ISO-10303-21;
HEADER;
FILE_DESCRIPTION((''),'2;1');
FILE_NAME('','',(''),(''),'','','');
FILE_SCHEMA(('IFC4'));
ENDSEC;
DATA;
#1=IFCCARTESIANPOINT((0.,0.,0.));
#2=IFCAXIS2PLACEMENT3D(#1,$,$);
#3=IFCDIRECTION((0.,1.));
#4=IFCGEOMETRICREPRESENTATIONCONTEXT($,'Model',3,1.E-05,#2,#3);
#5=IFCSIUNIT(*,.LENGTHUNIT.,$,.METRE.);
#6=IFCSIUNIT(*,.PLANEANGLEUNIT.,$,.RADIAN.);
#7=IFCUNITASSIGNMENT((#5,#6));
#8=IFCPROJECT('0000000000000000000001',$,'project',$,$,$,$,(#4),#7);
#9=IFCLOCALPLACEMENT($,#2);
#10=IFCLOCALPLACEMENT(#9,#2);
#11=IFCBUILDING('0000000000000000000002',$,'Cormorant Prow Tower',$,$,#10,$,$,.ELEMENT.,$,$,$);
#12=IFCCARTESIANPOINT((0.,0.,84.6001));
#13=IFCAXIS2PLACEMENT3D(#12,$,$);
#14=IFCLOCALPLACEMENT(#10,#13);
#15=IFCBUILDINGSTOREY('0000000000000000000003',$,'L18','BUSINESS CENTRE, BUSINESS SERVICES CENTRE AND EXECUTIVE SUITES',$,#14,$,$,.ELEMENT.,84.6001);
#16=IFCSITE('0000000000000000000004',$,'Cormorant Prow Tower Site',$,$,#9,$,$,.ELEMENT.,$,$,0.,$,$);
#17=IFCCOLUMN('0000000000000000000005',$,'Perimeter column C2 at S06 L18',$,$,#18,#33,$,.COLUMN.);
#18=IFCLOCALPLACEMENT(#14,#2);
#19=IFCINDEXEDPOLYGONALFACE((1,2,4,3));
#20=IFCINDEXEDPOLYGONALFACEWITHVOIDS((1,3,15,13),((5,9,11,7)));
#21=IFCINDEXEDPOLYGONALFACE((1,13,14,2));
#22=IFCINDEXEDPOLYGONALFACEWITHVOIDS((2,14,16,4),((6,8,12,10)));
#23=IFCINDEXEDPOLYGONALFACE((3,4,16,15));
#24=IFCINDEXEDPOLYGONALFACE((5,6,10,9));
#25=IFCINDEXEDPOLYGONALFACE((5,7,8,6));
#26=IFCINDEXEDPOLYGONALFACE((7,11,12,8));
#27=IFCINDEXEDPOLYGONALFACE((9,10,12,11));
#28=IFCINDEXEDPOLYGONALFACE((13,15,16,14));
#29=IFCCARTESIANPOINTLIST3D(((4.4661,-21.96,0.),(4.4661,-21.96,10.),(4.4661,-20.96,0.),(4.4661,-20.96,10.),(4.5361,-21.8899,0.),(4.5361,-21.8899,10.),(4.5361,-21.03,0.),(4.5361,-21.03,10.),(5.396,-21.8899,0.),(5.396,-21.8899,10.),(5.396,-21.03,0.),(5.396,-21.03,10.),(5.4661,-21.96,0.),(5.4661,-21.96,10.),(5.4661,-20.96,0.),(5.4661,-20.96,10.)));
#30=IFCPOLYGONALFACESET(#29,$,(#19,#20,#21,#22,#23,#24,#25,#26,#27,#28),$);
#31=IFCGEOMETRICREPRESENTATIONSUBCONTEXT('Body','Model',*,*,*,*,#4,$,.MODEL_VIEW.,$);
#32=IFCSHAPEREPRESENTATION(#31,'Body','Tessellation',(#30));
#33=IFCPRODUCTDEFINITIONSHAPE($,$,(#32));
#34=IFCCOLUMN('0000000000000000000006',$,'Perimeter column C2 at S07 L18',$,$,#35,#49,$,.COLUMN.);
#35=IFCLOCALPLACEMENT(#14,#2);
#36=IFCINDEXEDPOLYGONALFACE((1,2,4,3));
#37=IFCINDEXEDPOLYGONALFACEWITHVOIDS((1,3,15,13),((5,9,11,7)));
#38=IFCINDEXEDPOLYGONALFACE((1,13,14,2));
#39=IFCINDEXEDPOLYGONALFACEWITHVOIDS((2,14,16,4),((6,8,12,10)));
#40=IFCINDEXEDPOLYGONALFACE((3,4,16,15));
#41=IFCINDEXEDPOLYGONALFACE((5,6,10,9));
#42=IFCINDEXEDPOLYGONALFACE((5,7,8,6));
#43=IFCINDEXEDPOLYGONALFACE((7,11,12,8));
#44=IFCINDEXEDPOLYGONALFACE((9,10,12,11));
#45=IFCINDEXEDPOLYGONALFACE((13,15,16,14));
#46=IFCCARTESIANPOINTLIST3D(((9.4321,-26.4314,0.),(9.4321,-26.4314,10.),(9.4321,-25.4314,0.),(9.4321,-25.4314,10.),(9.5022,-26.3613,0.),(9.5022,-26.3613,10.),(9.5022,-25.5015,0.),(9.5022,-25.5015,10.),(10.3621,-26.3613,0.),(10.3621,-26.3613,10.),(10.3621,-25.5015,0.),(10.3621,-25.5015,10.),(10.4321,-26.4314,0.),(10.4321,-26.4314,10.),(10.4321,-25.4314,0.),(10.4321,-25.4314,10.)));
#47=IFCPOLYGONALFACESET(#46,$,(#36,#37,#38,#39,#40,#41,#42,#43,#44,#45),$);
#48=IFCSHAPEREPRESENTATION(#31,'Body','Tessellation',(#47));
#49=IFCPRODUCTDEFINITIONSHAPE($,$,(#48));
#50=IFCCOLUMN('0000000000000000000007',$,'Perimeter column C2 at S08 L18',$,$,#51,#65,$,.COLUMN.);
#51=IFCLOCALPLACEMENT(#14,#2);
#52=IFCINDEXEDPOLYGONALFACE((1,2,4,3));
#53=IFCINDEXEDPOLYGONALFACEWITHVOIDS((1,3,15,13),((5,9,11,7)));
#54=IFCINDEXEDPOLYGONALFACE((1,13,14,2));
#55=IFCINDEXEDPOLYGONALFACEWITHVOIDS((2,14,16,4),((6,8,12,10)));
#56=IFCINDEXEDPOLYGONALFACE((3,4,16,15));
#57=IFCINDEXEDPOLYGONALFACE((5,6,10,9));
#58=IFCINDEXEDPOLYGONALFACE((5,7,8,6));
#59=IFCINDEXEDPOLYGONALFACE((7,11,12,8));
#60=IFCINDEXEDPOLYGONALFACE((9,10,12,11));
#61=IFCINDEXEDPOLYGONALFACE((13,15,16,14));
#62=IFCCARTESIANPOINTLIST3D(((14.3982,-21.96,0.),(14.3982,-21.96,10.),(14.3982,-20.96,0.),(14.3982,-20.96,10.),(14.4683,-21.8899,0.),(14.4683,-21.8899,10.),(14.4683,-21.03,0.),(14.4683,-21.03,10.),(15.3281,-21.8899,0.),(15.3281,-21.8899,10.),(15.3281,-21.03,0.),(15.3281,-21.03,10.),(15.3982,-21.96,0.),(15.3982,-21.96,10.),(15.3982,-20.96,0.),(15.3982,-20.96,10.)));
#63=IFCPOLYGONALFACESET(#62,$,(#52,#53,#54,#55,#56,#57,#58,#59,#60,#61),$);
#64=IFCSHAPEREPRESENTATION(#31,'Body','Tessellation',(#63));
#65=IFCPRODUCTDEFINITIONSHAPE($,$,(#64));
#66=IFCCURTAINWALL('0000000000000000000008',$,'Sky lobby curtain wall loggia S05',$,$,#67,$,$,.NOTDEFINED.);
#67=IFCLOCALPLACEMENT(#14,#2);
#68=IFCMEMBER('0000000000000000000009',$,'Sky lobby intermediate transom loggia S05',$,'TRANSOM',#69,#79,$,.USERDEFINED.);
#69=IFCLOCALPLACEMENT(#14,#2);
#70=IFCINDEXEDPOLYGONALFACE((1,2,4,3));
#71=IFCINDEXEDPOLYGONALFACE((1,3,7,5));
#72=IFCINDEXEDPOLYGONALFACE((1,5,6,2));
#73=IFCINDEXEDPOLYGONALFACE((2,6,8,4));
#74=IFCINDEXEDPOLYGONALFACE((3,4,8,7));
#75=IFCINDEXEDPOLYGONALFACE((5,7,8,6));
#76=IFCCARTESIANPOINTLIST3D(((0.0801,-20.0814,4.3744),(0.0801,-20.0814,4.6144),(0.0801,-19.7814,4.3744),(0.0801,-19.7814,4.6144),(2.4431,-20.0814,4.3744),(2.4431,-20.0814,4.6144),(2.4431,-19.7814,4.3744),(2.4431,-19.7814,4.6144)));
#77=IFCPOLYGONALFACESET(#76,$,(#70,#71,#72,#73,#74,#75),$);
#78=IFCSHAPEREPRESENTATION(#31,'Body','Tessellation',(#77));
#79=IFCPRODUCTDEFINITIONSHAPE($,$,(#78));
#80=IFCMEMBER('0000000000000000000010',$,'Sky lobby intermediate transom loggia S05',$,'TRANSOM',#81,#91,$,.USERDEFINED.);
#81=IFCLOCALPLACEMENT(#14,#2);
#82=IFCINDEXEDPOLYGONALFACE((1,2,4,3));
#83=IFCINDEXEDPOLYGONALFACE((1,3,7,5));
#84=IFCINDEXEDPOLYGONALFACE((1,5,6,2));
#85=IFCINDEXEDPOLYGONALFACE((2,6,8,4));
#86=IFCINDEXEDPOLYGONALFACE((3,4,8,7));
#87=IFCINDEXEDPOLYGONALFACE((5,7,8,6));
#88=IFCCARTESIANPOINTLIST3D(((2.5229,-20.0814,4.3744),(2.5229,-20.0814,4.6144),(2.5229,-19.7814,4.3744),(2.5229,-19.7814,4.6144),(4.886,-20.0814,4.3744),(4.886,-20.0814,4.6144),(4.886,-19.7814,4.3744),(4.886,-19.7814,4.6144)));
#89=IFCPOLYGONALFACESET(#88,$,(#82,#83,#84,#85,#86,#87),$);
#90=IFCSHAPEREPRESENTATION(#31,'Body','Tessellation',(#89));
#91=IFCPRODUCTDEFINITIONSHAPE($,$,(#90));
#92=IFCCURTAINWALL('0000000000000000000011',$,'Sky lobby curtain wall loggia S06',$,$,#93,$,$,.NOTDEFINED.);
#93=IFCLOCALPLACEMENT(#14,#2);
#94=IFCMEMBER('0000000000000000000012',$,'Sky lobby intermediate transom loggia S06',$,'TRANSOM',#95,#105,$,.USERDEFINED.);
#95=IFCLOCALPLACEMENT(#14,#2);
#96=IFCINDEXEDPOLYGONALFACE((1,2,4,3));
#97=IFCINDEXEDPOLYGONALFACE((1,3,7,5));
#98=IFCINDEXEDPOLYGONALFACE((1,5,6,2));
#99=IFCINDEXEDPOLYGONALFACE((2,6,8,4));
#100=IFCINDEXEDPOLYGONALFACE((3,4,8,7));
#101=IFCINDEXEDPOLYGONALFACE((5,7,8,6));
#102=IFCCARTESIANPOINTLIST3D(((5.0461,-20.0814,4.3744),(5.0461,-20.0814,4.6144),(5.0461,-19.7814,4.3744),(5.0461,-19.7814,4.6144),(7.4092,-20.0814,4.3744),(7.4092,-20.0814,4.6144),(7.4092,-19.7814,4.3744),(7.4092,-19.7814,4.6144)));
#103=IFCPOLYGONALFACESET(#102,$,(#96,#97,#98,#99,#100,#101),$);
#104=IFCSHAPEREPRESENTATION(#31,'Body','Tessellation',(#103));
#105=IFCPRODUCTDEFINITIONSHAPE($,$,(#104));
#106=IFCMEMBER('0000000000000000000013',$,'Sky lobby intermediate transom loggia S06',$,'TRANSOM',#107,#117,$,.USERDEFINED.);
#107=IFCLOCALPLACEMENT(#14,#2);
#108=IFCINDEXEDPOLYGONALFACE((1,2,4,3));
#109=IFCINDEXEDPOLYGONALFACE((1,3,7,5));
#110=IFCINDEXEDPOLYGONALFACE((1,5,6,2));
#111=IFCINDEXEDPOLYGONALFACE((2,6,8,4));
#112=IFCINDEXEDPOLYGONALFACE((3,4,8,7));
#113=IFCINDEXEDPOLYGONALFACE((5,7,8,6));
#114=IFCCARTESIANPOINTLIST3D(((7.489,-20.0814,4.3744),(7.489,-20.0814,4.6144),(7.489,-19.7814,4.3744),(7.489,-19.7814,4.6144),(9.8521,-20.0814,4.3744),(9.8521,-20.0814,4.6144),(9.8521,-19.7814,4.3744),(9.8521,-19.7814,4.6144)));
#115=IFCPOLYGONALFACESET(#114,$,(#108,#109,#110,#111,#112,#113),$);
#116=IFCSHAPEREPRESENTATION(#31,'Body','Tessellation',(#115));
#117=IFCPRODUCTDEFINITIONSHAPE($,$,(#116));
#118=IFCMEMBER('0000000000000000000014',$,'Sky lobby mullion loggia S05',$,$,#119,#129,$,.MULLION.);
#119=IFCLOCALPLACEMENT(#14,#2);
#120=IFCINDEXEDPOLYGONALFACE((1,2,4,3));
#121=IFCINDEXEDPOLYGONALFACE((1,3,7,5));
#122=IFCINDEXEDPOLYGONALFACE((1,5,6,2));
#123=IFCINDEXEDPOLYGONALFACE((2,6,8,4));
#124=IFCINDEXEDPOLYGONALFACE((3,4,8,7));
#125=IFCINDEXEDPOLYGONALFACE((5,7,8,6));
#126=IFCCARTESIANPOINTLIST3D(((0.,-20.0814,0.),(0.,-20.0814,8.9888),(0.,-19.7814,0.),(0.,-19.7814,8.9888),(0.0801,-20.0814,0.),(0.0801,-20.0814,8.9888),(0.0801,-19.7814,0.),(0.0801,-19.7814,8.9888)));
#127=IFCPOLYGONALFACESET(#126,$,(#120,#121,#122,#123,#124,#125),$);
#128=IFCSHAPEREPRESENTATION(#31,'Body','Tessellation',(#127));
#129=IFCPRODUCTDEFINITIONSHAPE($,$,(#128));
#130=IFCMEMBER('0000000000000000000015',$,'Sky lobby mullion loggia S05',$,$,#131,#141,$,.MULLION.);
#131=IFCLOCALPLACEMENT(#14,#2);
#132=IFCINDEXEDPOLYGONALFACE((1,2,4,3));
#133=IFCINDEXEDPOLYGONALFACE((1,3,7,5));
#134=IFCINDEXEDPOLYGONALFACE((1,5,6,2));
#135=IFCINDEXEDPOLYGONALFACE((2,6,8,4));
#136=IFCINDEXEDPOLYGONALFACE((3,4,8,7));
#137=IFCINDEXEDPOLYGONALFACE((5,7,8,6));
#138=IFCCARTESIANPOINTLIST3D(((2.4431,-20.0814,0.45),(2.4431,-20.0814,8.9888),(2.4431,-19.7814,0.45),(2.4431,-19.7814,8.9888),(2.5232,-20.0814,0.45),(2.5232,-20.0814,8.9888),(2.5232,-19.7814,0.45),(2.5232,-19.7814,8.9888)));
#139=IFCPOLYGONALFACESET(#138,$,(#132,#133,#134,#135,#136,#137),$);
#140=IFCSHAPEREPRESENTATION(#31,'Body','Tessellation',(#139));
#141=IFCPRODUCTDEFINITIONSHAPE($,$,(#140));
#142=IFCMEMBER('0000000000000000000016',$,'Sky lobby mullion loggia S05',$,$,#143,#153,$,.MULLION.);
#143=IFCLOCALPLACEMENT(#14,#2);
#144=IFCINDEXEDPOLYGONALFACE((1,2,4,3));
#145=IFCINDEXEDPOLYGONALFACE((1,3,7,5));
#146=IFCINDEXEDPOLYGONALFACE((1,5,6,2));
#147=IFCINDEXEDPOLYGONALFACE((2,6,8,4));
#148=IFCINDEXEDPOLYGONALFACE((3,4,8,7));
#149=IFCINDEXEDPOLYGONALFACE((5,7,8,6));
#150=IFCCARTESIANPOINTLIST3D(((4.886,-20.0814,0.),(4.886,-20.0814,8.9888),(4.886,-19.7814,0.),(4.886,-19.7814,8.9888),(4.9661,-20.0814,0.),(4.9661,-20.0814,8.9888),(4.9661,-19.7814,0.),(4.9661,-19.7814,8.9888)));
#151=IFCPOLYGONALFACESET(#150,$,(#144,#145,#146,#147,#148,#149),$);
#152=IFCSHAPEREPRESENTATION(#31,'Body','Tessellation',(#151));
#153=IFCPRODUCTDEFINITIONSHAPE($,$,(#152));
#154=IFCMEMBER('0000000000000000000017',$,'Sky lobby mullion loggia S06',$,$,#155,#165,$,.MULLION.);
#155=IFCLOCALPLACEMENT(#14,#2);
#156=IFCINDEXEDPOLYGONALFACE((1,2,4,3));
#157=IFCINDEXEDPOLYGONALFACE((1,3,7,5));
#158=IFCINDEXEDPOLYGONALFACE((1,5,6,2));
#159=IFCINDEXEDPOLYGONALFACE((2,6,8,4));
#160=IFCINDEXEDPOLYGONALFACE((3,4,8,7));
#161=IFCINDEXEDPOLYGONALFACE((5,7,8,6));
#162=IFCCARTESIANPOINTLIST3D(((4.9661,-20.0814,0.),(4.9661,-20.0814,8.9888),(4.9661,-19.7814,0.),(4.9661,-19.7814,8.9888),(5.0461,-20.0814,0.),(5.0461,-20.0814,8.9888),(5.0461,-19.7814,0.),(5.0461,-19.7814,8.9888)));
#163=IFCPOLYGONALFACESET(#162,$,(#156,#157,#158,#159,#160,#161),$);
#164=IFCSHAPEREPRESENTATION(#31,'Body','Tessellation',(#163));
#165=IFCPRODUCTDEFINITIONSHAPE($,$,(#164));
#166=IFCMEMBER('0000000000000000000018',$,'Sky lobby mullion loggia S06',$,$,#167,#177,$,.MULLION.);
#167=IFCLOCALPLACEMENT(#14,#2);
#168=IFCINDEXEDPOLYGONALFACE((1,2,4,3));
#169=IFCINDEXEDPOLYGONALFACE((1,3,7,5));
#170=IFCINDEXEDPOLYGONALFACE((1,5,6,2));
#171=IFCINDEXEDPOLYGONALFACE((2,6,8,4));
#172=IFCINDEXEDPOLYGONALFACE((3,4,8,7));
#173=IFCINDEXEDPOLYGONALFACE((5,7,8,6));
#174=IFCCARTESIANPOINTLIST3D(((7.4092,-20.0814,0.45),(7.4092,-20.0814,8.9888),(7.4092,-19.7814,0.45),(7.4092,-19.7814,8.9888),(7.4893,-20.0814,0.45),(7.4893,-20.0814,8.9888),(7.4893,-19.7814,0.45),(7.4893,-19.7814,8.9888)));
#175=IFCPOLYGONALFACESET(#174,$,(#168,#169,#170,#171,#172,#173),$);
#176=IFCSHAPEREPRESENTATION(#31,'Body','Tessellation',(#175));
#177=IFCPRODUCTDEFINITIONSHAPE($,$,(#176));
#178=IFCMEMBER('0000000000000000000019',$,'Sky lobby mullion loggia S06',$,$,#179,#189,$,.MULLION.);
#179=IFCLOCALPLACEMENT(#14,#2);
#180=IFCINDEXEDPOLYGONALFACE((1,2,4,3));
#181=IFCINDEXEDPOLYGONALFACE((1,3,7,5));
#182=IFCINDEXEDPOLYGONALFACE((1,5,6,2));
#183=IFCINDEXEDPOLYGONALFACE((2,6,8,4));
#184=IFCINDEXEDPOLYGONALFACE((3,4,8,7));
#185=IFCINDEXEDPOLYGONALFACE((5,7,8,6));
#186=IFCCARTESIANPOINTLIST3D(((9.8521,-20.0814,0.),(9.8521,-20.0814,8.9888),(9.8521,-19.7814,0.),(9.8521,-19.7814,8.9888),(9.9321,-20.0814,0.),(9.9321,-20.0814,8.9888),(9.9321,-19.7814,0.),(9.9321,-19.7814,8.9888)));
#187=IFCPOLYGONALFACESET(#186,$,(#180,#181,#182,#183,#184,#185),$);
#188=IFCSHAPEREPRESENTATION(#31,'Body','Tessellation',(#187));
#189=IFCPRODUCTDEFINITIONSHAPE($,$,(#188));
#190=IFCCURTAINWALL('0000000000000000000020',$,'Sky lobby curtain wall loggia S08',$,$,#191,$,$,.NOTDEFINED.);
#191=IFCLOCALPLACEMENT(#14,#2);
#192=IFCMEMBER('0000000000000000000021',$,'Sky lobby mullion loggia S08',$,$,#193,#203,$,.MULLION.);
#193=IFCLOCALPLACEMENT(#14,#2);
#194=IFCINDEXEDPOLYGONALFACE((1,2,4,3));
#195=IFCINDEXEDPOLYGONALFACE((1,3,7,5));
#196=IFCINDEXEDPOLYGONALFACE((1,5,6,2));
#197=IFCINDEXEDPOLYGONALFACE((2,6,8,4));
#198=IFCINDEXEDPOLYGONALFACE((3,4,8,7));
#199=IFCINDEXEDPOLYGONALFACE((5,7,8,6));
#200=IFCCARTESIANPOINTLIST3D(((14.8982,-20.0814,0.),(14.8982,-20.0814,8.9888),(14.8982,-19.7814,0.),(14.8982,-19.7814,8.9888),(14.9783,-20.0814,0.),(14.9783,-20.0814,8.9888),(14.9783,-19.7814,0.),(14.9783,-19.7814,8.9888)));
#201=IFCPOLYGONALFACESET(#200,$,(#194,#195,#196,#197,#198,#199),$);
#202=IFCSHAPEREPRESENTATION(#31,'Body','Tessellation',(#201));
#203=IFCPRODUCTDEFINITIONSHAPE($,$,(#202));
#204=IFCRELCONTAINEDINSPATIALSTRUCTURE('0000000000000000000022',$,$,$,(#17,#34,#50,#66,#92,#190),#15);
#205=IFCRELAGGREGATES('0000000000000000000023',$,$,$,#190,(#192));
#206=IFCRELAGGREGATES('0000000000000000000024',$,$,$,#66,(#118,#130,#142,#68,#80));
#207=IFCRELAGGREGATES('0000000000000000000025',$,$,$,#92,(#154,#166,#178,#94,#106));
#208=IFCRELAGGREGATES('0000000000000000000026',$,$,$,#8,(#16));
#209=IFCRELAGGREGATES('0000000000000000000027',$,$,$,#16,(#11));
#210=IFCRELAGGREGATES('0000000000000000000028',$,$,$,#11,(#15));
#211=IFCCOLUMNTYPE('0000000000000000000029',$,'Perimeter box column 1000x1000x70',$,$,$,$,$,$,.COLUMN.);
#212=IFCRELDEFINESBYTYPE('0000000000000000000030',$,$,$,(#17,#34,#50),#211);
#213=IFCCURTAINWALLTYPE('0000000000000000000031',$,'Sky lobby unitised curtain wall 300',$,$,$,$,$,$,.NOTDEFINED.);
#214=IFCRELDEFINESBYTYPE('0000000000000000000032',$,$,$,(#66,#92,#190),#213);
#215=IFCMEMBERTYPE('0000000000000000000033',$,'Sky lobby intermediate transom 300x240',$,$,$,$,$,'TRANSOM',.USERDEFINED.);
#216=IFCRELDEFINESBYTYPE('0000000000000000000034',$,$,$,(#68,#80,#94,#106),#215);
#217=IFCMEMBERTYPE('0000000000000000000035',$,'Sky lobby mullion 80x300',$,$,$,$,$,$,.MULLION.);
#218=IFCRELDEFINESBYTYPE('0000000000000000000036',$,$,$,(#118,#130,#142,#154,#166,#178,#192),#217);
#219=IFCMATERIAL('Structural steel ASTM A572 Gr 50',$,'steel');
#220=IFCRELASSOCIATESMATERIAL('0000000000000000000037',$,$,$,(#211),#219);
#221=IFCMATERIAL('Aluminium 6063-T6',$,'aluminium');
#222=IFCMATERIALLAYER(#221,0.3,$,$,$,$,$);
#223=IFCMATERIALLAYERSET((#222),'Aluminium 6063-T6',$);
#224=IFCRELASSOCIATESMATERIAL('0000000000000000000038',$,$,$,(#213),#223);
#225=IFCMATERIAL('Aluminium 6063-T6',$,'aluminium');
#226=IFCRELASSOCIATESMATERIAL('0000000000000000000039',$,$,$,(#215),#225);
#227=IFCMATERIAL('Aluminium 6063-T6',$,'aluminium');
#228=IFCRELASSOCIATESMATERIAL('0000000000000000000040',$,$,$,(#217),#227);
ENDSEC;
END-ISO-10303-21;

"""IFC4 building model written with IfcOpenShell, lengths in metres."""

from ifc_helpers import new_model, si_unit, direction, frame, origin, origin_2d, place, context, subcontext, project, spatial, rectangle, hollow_rectangle, extrude, material, layer, layer_set, material_profile, profile_set, type_object, element, aggregate, save


model = new_model("IFC4")

# Units and contexts
model_context = context("Model", 3, precision=1e-05, world=origin(), true_north=direction((0.0, 1.0)))
body_context = subcontext(model_context, "Body", "Model", "MODEL_VIEW")
ifc_project = project(units=[si_unit("LENGTHUNIT", "METRE"), si_unit("PLANEANGLEUNIT", "RADIAN")], contexts=[model_context])

# Site, building, storey
site_placement = place(None, origin())
site = spatial("IfcSite", under=ifc_project, at=site_placement, Name="Cormorant Prow Tower Site", CompositionType="ELEMENT", RefElevation=0.0)
building_placement = place(site_placement, origin())
building = spatial("IfcBuilding", under=site, at=building_placement, Name="Cormorant Prow Tower", CompositionType="ELEMENT")
storey_placement = place(building_placement, frame((0.0, 0.0, 84.6001)))
storey = spatial("IfcBuildingStorey", under=building, at=storey_placement, Name="L18", Description="BUSINESS CENTRE, BUSINESS SERVICES CENTRE AND EXECUTIVE SUITES", CompositionType="ELEMENT", Elevation=84.6001)

# Columns
ifc_material_1 = material(Name="Structural steel ASTM A572 Gr 50", Category="steel")
ifc_material_profile_1 = material_profile(ifc_material_1, hollow_rectangle(XDim=1.0, YDim=1.0, WallThickness=0.0701, at=origin_2d()), Name="Box 1000x1000x70")
ifc_profile_set_1 = profile_set([ifc_material_profile_1], Name="Structural steel ASTM A572 Gr 50")
column_type = type_object("IfcColumnType", Name="Perimeter box column 1000x1000x70", PredefinedType="COLUMN", material=ifc_profile_set_1)
for number, where, z_axis, x_axis, name in (
    (1, (4.9661, -21.46, 0.0), (0.0, 0.0, 1.0), (1.0, 0.0, 0.0), "Perimeter column C2 at S06 L18"),
    (2, (9.9321, -25.9314, 0.0), (0.0, 0.0, 1.0), (1.0, 0.0, 0.0), "Perimeter column C2 at S07 L18"),
    (3, (14.8982, -21.46, 0.0), (0.0, 0.0, 1.0), (1.0, 0.0, 0.0), "Perimeter column C2 at S08 L18"),
):
    element("IfcColumn", number, at=place(storey_placement, frame(where, z_axis=z_axis, x_axis=x_axis)), inside=storey, type_object=column_type, Name=name, PredefinedType="COLUMN", context=body_context, shape_type="SweptSolid", body=[
        extrude(hollow_rectangle(XDim=1.0, YDim=1.0, WallThickness=0.0701, at=origin_2d()), origin(), (0.0, 0.0, 1.0), 10.0),
    ])

# Curtain walls, members
ifc_material_2 = material(Name="Aluminium 6063-T6", Category="aluminium")
ifc_layer_1 = layer(ifc_material_2, 0.3)
ifc_layer_set_1 = layer_set([ifc_layer_1], Name="Aluminium 6063-T6")
curtain_wall_type = type_object("IfcCurtainWallType", Name="Sky lobby unitised curtain wall 300", PredefinedType="NOTDEFINED", material=ifc_layer_set_1)
curtain_wall_1_placement = place(storey_placement, origin())
curtain_wall_1 = element("IfcCurtainWall", 4, at=curtain_wall_1_placement, inside=storey, type_object=curtain_wall_type, Name="Sky lobby curtain wall loggia S05", PredefinedType="NOTDEFINED")
ifc_material_3 = material(Name="Aluminium 6063-T6", Category="aluminium")
ifc_material_profile_2 = material_profile(ifc_material_3, rectangle(XDim=0.3, YDim=0.24, at=origin_2d()), Name="Sky lobby intermediate transom 300x240")
ifc_profile_set_2 = profile_set([ifc_material_profile_2], Name="Aluminium 6063-T6")
member_type_1 = type_object("IfcMemberType", Name="Sky lobby intermediate transom 300x240", ElementType="TRANSOM", PredefinedType="USERDEFINED", material=ifc_profile_set_2)
member_1_placement = place(storey_placement, frame((0.0801, -19.9314, 4.4944), z_axis=(1.0, 0.0, 0.0), x_axis=(0.0, 1.0, 0.0)))
member_1 = element("IfcMember", 5, at=member_1_placement, type_object=member_type_1, Name="Sky lobby intermediate transom loggia S05", ObjectType="TRANSOM", PredefinedType="USERDEFINED", context=body_context, shape_type="SweptSolid", body=[
    extrude(rectangle(XDim=0.3, YDim=0.24, at=origin_2d()), origin(), (0.0, 0.0, 1.0), 2.363),
])
member_2_placement = place(storey_placement, frame((2.5229, -19.9314, 4.4944), z_axis=(1.0, 0.0, 0.0), x_axis=(0.0, 1.0, 0.0)))
member_2 = element("IfcMember", 6, at=member_2_placement, type_object=member_type_1, Name="Sky lobby intermediate transom loggia S05", ObjectType="TRANSOM", PredefinedType="USERDEFINED", context=body_context, shape_type="SweptSolid", body=[
    extrude(rectangle(XDim=0.3, YDim=0.24, at=origin_2d()), origin(), (0.0, 0.0, 1.0), 2.363),
])
curtain_wall_2_placement = place(storey_placement, origin())
curtain_wall_2 = element("IfcCurtainWall", 7, at=curtain_wall_2_placement, inside=storey, type_object=curtain_wall_type, Name="Sky lobby curtain wall loggia S06", PredefinedType="NOTDEFINED")
member_3_placement = place(storey_placement, frame((5.0461, -19.9314, 4.4944), z_axis=(1.0, 0.0, 0.0), x_axis=(0.0, 1.0, 0.0)))
member_3 = element("IfcMember", 8, at=member_3_placement, type_object=member_type_1, Name="Sky lobby intermediate transom loggia S06", ObjectType="TRANSOM", PredefinedType="USERDEFINED", context=body_context, shape_type="SweptSolid", body=[
    extrude(rectangle(XDim=0.3, YDim=0.24, at=origin_2d()), origin(), (0.0, 0.0, 1.0), 2.363),
])
member_4_placement = place(storey_placement, frame((7.489, -19.9314, 4.4944), z_axis=(1.0, 0.0, 0.0), x_axis=(0.0, 1.0, 0.0)))
member_4 = element("IfcMember", 9, at=member_4_placement, type_object=member_type_1, Name="Sky lobby intermediate transom loggia S06", ObjectType="TRANSOM", PredefinedType="USERDEFINED", context=body_context, shape_type="SweptSolid", body=[
    extrude(rectangle(XDim=0.3, YDim=0.24, at=origin_2d()), origin(), (0.0, 0.0, 1.0), 2.363),
])

# Members
ifc_material_4 = material(Name="Aluminium 6063-T6", Category="aluminium")
ifc_material_profile_3 = material_profile(ifc_material_4, rectangle(XDim=0.3, YDim=0.0801, at=origin_2d()), Name="Sky lobby mullion 80x300")
ifc_profile_set_3 = profile_set([ifc_material_profile_3], Name="Aluminium 6063-T6")
member_type_2 = type_object("IfcMemberType", Name="Sky lobby mullion 80x300", PredefinedType="MULLION", material=ifc_profile_set_3)
member_5_placement = place(storey_placement, frame((0.04, -19.9314, 0.0), z_axis=(0.0, 0.0, 1.0), x_axis=(0.0, 1.0, 0.0)))
member_5 = element("IfcMember", 10, at=member_5_placement, type_object=member_type_2, Name="Sky lobby mullion loggia S05", PredefinedType="MULLION", context=body_context, shape_type="SweptSolid", body=[
    extrude(rectangle(XDim=0.3, YDim=0.0801, at=origin_2d()), origin(), (0.0, 0.0, 1.0), 8.9888),
])
member_6_placement = place(storey_placement, frame((2.4832, -19.9314, 0.45), z_axis=(0.0, 0.0, 1.0), x_axis=(0.0, 1.0, 0.0)))
member_6 = element("IfcMember", 11, at=member_6_placement, type_object=member_type_2, Name="Sky lobby mullion loggia S05", PredefinedType="MULLION", context=body_context, shape_type="SweptSolid", body=[
    extrude(rectangle(XDim=0.3, YDim=0.0801, at=origin_2d()), origin(), (0.0, 0.0, 1.0), 8.5388),
])
member_7_placement = place(storey_placement, frame((4.926, -19.9314, 0.0), z_axis=(0.0, 0.0, 1.0), x_axis=(0.0, 1.0, 0.0)))
member_7 = element("IfcMember", 12, at=member_7_placement, type_object=member_type_2, Name="Sky lobby mullion loggia S05", PredefinedType="MULLION", context=body_context, shape_type="SweptSolid", body=[
    extrude(rectangle(XDim=0.3, YDim=0.0801, at=origin_2d()), origin(), (0.0, 0.0, 1.0), 8.9888),
])
member_8_placement = place(storey_placement, frame((5.0061, -19.9314, 0.0), z_axis=(0.0, 0.0, 1.0), x_axis=(0.0, 1.0, 0.0)))
member_8 = element("IfcMember", 13, at=member_8_placement, type_object=member_type_2, Name="Sky lobby mullion loggia S06", PredefinedType="MULLION", context=body_context, shape_type="SweptSolid", body=[
    extrude(rectangle(XDim=0.3, YDim=0.0801, at=origin_2d()), origin(), (0.0, 0.0, 1.0), 8.9888),
])
member_9_placement = place(storey_placement, frame((7.4492, -19.9314, 0.45), z_axis=(0.0, 0.0, 1.0), x_axis=(0.0, 1.0, 0.0)))
member_9 = element("IfcMember", 14, at=member_9_placement, type_object=member_type_2, Name="Sky lobby mullion loggia S06", PredefinedType="MULLION", context=body_context, shape_type="SweptSolid", body=[
    extrude(rectangle(XDim=0.3, YDim=0.0801, at=origin_2d()), origin(), (0.0, 0.0, 1.0), 8.5388),
])
member_10_placement = place(storey_placement, frame((9.8921, -19.9314, 0.0), z_axis=(0.0, 0.0, 1.0), x_axis=(0.0, 1.0, 0.0)))
member_10 = element("IfcMember", 15, at=member_10_placement, type_object=member_type_2, Name="Sky lobby mullion loggia S06", PredefinedType="MULLION", context=body_context, shape_type="SweptSolid", body=[
    extrude(rectangle(XDim=0.3, YDim=0.0801, at=origin_2d()), origin(), (0.0, 0.0, 1.0), 8.9888),
])

# Curtain wall, member
curtain_wall_3_placement = place(storey_placement, origin())
curtain_wall_3 = element("IfcCurtainWall", 16, at=curtain_wall_3_placement, inside=storey, type_object=curtain_wall_type, Name="Sky lobby curtain wall loggia S08", PredefinedType="NOTDEFINED")
member_11_placement = place(storey_placement, frame((14.9382, -19.9314, 0.0), z_axis=(0.0, 0.0, 1.0), x_axis=(0.0, 1.0, 0.0)))
member_11 = element("IfcMember", 17, at=member_11_placement, type_object=member_type_2, Name="Sky lobby mullion loggia S08", PredefinedType="MULLION", context=body_context, shape_type="SweptSolid", body=[
    extrude(rectangle(XDim=0.3, YDim=0.0801, at=origin_2d()), origin(), (0.0, 0.0, 1.0), 8.9888),
])

aggregate(curtain_wall_3, [member_11])

aggregate(curtain_wall_1, [member_5, member_6, member_7, member_1, member_2])
aggregate(curtain_wall_2, [member_8, member_9, member_10, member_3, member_4])

save(model, "model.ifc")
